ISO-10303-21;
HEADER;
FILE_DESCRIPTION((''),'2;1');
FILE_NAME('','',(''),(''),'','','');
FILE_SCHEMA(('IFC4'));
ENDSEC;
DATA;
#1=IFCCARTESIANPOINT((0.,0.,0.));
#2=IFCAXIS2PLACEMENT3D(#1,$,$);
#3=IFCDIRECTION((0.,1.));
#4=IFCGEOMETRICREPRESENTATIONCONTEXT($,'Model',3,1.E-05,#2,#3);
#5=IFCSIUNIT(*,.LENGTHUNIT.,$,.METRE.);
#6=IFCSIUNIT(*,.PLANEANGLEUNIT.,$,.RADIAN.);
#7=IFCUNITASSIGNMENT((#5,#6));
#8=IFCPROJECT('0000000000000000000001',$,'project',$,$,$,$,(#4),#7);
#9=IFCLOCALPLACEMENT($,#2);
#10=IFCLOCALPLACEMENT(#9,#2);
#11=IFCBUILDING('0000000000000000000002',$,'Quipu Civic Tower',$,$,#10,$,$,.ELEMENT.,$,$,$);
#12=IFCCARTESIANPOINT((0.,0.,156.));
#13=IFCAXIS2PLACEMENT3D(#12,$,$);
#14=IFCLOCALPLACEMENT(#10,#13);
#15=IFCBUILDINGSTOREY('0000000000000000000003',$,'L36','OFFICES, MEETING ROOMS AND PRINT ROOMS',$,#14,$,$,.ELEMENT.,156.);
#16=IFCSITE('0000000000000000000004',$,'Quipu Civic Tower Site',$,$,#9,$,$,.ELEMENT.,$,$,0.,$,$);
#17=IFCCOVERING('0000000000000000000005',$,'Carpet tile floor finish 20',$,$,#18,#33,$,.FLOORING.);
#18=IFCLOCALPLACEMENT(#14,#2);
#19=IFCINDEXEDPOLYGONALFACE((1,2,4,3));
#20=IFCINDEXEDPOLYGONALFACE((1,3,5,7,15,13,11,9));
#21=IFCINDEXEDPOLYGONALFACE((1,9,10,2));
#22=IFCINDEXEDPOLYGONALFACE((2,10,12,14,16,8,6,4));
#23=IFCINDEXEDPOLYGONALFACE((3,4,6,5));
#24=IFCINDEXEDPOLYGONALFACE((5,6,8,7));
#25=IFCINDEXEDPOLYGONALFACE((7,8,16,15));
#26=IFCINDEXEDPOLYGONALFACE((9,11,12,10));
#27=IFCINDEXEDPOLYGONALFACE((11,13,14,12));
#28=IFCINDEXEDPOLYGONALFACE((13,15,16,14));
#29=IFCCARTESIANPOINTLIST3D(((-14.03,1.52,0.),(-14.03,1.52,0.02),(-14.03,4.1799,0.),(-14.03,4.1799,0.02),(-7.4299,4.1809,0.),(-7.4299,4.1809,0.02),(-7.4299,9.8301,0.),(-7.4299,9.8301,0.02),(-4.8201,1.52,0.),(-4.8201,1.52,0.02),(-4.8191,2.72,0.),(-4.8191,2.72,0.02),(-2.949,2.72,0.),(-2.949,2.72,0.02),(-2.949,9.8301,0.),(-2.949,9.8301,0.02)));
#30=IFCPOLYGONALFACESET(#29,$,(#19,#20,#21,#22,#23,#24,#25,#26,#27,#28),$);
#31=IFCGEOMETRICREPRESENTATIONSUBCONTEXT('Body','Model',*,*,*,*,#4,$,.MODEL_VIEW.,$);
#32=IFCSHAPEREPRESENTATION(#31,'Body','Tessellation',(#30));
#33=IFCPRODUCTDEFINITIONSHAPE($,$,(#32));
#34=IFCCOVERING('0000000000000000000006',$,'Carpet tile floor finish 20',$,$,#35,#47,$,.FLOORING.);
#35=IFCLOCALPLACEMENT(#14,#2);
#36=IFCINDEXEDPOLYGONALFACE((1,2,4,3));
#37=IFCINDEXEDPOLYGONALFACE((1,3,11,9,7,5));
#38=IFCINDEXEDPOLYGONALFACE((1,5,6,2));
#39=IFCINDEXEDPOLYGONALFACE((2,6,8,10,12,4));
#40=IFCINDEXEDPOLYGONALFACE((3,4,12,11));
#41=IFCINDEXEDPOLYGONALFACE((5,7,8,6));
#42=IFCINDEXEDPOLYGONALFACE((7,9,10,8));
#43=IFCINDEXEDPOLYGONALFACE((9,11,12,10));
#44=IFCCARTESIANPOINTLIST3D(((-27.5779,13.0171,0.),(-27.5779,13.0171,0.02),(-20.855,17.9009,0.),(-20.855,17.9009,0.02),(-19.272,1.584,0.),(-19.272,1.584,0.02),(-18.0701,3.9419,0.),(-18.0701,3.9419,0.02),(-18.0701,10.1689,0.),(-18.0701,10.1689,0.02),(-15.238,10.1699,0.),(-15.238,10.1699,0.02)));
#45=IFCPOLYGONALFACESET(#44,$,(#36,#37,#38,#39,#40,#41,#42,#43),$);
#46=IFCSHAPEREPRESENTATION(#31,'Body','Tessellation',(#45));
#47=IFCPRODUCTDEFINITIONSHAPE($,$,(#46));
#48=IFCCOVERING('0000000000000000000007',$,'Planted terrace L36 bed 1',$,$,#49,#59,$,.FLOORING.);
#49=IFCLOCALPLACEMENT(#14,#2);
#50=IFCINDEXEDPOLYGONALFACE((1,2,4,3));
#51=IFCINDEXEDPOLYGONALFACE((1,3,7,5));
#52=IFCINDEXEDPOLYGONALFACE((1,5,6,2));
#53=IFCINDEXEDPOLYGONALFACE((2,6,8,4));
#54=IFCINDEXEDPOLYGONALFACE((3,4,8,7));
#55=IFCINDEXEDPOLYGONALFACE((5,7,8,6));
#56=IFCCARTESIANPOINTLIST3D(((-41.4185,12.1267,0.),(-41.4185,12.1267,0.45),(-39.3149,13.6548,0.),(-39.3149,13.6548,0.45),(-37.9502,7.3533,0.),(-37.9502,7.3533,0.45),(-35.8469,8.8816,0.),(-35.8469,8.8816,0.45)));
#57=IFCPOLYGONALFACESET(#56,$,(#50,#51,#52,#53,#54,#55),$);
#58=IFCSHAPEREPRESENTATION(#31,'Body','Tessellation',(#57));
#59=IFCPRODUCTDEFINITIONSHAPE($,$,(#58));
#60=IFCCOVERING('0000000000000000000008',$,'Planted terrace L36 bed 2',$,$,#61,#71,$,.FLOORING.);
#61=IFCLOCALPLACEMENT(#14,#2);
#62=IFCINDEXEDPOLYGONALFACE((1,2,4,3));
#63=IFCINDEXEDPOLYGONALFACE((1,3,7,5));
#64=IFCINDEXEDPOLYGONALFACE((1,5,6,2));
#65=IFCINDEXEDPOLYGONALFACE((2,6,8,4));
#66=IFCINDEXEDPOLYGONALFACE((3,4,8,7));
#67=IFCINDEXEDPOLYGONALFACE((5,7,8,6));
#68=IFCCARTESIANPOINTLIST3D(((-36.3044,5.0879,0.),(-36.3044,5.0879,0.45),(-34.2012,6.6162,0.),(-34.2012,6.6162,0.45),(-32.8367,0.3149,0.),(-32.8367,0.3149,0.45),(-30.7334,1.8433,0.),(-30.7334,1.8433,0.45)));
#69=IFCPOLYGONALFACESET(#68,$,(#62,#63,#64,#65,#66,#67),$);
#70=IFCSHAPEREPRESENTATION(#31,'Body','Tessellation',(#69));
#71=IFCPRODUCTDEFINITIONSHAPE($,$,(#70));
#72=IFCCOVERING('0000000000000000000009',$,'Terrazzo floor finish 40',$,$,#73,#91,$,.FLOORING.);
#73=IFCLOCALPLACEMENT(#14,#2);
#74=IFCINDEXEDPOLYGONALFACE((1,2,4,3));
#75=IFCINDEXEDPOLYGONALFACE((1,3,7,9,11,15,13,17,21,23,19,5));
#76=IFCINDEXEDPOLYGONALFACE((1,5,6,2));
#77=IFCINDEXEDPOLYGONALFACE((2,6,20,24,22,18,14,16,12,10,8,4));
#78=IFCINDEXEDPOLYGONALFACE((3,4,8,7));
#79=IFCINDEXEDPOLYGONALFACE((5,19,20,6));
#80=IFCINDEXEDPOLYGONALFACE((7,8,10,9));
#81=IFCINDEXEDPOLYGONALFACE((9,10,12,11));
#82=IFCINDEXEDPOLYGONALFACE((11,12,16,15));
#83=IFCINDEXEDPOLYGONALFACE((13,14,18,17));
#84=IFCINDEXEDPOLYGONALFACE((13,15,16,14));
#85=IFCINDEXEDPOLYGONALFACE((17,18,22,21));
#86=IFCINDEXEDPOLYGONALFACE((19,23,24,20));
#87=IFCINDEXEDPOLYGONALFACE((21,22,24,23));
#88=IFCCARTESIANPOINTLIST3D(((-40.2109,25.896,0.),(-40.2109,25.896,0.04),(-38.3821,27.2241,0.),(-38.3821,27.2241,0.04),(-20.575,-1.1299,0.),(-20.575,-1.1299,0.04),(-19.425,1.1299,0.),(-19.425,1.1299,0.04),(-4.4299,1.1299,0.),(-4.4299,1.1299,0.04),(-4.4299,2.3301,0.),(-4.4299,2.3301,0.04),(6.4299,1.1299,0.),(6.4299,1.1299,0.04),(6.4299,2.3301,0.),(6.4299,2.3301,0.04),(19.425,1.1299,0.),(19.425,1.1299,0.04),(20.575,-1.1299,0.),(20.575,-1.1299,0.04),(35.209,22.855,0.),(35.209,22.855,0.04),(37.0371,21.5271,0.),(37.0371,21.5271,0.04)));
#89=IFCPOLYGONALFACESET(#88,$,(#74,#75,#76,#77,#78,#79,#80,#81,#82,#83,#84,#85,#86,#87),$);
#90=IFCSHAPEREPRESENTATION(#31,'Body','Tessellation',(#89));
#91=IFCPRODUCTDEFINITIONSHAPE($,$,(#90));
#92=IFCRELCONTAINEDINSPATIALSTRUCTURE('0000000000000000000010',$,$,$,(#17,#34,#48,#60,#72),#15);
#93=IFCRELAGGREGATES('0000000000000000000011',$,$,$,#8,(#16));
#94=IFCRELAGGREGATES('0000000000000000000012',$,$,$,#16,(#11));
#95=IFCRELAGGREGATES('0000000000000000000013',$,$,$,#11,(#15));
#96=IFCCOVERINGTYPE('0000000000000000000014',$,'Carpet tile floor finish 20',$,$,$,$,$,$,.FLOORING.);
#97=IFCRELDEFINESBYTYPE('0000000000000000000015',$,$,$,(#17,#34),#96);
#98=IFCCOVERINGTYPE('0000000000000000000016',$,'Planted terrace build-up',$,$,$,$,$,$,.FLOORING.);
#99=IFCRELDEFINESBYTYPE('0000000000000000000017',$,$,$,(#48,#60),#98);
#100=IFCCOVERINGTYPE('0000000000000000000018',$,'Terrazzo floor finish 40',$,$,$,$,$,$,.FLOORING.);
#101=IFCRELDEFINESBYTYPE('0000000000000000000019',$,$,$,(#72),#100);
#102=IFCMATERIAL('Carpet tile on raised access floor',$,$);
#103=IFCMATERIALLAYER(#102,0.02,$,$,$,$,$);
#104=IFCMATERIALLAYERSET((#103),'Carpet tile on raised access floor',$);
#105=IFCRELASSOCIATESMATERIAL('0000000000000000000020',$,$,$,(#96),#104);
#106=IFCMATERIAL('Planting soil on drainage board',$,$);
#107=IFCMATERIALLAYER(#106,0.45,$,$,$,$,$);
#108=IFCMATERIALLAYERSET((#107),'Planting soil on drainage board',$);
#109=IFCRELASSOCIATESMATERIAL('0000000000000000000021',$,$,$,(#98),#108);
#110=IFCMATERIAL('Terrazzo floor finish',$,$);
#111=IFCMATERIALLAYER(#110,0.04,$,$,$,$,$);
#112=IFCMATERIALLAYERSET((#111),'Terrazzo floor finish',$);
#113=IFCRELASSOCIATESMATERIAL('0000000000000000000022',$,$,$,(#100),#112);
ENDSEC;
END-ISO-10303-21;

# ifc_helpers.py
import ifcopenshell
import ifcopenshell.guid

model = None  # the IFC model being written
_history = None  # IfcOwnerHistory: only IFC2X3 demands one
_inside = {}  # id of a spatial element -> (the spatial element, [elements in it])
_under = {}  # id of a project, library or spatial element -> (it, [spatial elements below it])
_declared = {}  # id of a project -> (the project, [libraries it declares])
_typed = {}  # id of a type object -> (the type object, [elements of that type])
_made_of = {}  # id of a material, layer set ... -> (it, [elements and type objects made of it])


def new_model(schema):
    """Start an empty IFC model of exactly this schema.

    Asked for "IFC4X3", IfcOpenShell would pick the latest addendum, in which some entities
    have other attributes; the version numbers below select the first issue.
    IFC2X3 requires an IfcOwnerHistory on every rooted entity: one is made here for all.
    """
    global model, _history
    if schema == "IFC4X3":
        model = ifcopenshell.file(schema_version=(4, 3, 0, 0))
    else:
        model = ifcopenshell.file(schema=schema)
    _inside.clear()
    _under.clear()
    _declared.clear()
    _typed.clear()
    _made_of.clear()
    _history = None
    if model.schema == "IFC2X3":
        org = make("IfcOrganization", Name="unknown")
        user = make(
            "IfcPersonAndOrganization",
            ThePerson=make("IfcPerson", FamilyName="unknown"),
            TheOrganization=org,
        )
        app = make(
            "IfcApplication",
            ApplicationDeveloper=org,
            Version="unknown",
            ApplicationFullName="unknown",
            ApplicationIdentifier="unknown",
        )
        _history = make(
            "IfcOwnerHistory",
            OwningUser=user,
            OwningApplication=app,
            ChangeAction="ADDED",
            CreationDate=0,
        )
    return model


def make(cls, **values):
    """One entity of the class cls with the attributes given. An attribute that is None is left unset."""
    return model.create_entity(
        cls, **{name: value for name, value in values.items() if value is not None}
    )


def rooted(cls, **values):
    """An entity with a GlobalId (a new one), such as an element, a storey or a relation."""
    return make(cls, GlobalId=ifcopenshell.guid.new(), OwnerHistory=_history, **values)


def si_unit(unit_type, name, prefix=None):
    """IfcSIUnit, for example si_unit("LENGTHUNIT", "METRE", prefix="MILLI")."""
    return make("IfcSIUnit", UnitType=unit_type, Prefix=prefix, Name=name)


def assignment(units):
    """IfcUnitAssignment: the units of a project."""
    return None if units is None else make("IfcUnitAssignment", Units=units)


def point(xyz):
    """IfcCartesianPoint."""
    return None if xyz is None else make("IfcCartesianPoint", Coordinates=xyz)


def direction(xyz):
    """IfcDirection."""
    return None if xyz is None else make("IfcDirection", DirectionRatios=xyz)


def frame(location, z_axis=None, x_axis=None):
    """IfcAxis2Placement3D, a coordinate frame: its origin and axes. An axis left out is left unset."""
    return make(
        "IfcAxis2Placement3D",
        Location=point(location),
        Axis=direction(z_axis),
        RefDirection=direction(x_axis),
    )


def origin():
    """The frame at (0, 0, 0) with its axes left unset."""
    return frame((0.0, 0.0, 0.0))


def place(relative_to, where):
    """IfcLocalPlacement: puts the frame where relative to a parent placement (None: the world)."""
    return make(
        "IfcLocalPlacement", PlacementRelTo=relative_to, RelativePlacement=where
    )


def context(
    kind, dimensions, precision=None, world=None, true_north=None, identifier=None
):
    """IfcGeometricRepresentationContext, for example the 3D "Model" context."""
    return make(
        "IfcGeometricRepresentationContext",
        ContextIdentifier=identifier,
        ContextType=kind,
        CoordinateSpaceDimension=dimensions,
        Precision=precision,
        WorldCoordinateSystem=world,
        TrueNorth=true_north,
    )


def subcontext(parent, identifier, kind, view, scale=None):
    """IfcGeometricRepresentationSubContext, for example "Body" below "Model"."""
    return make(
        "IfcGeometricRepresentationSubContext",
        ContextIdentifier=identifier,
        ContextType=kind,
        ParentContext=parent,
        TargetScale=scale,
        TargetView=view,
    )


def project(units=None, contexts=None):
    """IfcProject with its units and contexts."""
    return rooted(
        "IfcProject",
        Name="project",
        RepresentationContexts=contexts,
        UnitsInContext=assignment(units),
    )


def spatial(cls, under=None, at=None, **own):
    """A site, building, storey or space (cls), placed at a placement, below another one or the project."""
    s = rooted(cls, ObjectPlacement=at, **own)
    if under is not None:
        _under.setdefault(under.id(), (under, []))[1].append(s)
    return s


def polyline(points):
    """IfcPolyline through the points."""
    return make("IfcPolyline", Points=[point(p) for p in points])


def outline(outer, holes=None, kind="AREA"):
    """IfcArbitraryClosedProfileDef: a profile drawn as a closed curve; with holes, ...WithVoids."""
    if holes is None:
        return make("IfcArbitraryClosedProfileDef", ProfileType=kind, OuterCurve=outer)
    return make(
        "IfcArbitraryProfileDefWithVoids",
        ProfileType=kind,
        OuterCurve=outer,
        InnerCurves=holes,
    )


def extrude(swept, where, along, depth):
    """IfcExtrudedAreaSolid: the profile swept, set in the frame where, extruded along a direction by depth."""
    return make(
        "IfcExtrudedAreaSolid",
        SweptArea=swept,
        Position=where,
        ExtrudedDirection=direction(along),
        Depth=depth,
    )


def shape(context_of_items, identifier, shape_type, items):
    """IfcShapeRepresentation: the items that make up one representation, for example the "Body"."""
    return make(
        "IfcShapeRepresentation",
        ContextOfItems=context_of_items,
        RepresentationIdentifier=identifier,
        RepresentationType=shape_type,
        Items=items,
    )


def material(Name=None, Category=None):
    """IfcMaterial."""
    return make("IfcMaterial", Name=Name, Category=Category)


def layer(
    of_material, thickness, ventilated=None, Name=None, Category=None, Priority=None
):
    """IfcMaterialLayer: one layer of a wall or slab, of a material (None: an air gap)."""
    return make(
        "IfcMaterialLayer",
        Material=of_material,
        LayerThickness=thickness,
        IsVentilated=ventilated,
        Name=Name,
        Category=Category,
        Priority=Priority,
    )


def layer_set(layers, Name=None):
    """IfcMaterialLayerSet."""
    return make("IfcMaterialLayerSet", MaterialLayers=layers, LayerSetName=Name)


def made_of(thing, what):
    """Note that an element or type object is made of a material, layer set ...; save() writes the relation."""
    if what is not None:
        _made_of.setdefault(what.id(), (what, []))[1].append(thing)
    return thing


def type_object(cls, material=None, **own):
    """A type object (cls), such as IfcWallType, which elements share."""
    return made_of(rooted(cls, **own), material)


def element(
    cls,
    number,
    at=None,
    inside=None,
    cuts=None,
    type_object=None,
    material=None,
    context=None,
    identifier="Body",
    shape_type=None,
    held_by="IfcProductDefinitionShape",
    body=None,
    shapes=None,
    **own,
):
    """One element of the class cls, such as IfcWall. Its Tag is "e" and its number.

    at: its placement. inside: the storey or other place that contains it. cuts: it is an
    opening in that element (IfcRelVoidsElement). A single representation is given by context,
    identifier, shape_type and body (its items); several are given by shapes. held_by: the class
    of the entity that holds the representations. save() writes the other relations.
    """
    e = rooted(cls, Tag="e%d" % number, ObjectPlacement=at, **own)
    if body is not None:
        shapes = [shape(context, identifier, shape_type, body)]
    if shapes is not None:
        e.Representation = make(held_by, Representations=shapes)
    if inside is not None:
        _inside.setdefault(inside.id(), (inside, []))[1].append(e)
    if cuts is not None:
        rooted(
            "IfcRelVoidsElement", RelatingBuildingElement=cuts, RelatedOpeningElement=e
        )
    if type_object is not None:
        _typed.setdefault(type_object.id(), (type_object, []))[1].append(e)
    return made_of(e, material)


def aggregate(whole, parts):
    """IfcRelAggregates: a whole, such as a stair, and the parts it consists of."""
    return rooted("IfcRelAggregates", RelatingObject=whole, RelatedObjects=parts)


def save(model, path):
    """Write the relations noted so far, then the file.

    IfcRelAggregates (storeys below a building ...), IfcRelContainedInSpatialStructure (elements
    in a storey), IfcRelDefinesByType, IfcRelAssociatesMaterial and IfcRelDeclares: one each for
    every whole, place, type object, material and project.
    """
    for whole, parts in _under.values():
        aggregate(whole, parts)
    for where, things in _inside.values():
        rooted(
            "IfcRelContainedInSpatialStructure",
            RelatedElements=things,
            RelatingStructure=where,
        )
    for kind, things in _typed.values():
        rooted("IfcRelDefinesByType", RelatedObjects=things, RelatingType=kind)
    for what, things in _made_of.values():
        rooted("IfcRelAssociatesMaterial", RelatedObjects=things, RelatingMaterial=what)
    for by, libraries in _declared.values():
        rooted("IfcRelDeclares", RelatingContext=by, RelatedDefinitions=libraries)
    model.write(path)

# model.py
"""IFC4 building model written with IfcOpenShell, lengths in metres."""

from ifc_helpers import new_model, si_unit, direction, frame, origin, place, context, subcontext, project, spatial, polyline, outline, extrude, material, layer, layer_set, type_object, element, save


model = new_model("IFC4")

# Units and contexts
model_context = context("Model", 3, precision=1e-05, world=origin(), true_north=direction((0.0, 1.0)))
body_context = subcontext(model_context, "Body", "Model", "MODEL_VIEW")
ifc_project = project(units=[si_unit("LENGTHUNIT", "METRE"), si_unit("PLANEANGLEUNIT", "RADIAN")], contexts=[model_context])

# Site, building, storey
site_placement = place(None, origin())
site = spatial("IfcSite", under=ifc_project, at=site_placement, Name="Quipu Civic Tower Site", CompositionType="ELEMENT", RefElevation=0.0)
building_placement = place(site_placement, origin())
building = spatial("IfcBuilding", under=site, at=building_placement, Name="Quipu Civic Tower", CompositionType="ELEMENT")
storey_placement = place(building_placement, frame((0.0, 0.0, 156.0)))
storey = spatial("IfcBuildingStorey", under=building, at=storey_placement, Name="L36", Description="OFFICES, MEETING ROOMS AND PRINT ROOMS", CompositionType="ELEMENT", Elevation=156.0)

# Coverings
ifc_material_1 = material(Name="Carpet tile on raised access floor")
ifc_layer_1 = layer(ifc_material_1, 0.02)
ifc_layer_set_1 = layer_set([ifc_layer_1], Name="Carpet tile on raised access floor")
covering_type_1 = type_object("IfcCoveringType", Name="Carpet tile floor finish 20", PredefinedType="FLOORING", material=ifc_layer_set_1)
covering_1_placement = place(storey_placement, origin())
element("IfcCovering", 1, at=covering_1_placement, inside=storey, type_object=covering_type_1, Name="Carpet tile floor finish 20", PredefinedType="FLOORING", context=body_context, shape_type="SweptSolid", body=[
    extrude(outline(polyline([(-14.03, 1.52), (-14.03, 4.1799), (-7.4299, 4.1809), (-7.4299, 9.8301), (-2.949, 9.8301), (-2.949, 2.72), (-4.8191, 2.72), (-4.8201, 1.52), (-14.03, 1.52)])), origin(), (0.0, 0.0, 1.0), 0.02),
])
covering_2_placement = place(storey_placement, origin())
element("IfcCovering", 2, at=covering_2_placement, inside=storey, type_object=covering_type_1, Name="Carpet tile floor finish 20", PredefinedType="FLOORING", context=body_context, shape_type="SweptSolid", body=[
    extrude(outline(polyline([(-27.5779, 13.0171), (-20.855, 17.9009), (-15.238, 10.1699), (-18.0701, 10.1689), (-18.0701, 3.9419), (-19.272, 1.584), (-27.5779, 13.0171)])), origin(), (0.0, 0.0, 1.0), 0.02),
])
ifc_material_2 = material(Name="Planting soil on drainage board")
ifc_layer_2 = layer(ifc_material_2, 0.45)
ifc_layer_set_2 = layer_set([ifc_layer_2], Name="Planting soil on drainage board")
covering_type_2 = type_object("IfcCoveringType", Name="Planted terrace build-up", PredefinedType="FLOORING", material=ifc_layer_set_2)
covering_3_placement = place(storey_placement, origin())
element("IfcCovering", 3, at=covering_3_placement, inside=storey, type_object=covering_type_2, Name="Planted terrace L36 bed 1", PredefinedType="FLOORING", context=body_context, shape_type="SweptSolid", body=[
    extrude(outline(polyline([(-41.4185, 12.1267), (-39.3149, 13.6548), (-35.8469, 8.8816), (-37.9502, 7.3533), (-41.4185, 12.1267)])), origin(), (0.0, 0.0, 1.0), 0.45),
])
covering_4_placement = place(storey_placement, origin())
element("IfcCovering", 4, at=covering_4_placement, inside=storey, type_object=covering_type_2, Name="Planted terrace L36 bed 2", PredefinedType="FLOORING", context=body_context, shape_type="SweptSolid", body=[
    extrude(outline(polyline([(-36.3044, 5.0879), (-34.2012, 6.6162), (-30.7334, 1.8433), (-32.8367, 0.3149), (-36.3044, 5.0879)])), origin(), (0.0, 0.0, 1.0), 0.45),
])
ifc_material_3 = material(Name="Terrazzo floor finish")
ifc_layer_3 = layer(ifc_material_3, 0.04)
ifc_layer_set_3 = layer_set([ifc_layer_3], Name="Terrazzo floor finish")
covering_type_3 = type_object("IfcCoveringType", Name="Terrazzo floor finish 40", PredefinedType="FLOORING", material=ifc_layer_set_3)
covering_5_placement = place(storey_placement, origin())
element("IfcCovering", 5, at=covering_5_placement, inside=storey, type_object=covering_type_3, Name="Terrazzo floor finish 40", PredefinedType="FLOORING", context=body_context, shape_type="SweptSolid", body=[
    extrude(outline(polyline([(6.4299, 1.1299), (19.425, 1.1299), (35.209, 22.855), (37.0371, 21.5271), (20.575, -1.1299), (-20.575, -1.1299), (-40.2109, 25.896), (-38.3821, 27.2241), (-19.425, 1.1299), (-4.4299, 1.1299), (-4.4299, 2.3301), (6.4299, 2.3301), (6.4299, 1.1299)])), origin(), (0.0, 0.0, 1.0), 0.04),
])

save(model, "model.ifc")
